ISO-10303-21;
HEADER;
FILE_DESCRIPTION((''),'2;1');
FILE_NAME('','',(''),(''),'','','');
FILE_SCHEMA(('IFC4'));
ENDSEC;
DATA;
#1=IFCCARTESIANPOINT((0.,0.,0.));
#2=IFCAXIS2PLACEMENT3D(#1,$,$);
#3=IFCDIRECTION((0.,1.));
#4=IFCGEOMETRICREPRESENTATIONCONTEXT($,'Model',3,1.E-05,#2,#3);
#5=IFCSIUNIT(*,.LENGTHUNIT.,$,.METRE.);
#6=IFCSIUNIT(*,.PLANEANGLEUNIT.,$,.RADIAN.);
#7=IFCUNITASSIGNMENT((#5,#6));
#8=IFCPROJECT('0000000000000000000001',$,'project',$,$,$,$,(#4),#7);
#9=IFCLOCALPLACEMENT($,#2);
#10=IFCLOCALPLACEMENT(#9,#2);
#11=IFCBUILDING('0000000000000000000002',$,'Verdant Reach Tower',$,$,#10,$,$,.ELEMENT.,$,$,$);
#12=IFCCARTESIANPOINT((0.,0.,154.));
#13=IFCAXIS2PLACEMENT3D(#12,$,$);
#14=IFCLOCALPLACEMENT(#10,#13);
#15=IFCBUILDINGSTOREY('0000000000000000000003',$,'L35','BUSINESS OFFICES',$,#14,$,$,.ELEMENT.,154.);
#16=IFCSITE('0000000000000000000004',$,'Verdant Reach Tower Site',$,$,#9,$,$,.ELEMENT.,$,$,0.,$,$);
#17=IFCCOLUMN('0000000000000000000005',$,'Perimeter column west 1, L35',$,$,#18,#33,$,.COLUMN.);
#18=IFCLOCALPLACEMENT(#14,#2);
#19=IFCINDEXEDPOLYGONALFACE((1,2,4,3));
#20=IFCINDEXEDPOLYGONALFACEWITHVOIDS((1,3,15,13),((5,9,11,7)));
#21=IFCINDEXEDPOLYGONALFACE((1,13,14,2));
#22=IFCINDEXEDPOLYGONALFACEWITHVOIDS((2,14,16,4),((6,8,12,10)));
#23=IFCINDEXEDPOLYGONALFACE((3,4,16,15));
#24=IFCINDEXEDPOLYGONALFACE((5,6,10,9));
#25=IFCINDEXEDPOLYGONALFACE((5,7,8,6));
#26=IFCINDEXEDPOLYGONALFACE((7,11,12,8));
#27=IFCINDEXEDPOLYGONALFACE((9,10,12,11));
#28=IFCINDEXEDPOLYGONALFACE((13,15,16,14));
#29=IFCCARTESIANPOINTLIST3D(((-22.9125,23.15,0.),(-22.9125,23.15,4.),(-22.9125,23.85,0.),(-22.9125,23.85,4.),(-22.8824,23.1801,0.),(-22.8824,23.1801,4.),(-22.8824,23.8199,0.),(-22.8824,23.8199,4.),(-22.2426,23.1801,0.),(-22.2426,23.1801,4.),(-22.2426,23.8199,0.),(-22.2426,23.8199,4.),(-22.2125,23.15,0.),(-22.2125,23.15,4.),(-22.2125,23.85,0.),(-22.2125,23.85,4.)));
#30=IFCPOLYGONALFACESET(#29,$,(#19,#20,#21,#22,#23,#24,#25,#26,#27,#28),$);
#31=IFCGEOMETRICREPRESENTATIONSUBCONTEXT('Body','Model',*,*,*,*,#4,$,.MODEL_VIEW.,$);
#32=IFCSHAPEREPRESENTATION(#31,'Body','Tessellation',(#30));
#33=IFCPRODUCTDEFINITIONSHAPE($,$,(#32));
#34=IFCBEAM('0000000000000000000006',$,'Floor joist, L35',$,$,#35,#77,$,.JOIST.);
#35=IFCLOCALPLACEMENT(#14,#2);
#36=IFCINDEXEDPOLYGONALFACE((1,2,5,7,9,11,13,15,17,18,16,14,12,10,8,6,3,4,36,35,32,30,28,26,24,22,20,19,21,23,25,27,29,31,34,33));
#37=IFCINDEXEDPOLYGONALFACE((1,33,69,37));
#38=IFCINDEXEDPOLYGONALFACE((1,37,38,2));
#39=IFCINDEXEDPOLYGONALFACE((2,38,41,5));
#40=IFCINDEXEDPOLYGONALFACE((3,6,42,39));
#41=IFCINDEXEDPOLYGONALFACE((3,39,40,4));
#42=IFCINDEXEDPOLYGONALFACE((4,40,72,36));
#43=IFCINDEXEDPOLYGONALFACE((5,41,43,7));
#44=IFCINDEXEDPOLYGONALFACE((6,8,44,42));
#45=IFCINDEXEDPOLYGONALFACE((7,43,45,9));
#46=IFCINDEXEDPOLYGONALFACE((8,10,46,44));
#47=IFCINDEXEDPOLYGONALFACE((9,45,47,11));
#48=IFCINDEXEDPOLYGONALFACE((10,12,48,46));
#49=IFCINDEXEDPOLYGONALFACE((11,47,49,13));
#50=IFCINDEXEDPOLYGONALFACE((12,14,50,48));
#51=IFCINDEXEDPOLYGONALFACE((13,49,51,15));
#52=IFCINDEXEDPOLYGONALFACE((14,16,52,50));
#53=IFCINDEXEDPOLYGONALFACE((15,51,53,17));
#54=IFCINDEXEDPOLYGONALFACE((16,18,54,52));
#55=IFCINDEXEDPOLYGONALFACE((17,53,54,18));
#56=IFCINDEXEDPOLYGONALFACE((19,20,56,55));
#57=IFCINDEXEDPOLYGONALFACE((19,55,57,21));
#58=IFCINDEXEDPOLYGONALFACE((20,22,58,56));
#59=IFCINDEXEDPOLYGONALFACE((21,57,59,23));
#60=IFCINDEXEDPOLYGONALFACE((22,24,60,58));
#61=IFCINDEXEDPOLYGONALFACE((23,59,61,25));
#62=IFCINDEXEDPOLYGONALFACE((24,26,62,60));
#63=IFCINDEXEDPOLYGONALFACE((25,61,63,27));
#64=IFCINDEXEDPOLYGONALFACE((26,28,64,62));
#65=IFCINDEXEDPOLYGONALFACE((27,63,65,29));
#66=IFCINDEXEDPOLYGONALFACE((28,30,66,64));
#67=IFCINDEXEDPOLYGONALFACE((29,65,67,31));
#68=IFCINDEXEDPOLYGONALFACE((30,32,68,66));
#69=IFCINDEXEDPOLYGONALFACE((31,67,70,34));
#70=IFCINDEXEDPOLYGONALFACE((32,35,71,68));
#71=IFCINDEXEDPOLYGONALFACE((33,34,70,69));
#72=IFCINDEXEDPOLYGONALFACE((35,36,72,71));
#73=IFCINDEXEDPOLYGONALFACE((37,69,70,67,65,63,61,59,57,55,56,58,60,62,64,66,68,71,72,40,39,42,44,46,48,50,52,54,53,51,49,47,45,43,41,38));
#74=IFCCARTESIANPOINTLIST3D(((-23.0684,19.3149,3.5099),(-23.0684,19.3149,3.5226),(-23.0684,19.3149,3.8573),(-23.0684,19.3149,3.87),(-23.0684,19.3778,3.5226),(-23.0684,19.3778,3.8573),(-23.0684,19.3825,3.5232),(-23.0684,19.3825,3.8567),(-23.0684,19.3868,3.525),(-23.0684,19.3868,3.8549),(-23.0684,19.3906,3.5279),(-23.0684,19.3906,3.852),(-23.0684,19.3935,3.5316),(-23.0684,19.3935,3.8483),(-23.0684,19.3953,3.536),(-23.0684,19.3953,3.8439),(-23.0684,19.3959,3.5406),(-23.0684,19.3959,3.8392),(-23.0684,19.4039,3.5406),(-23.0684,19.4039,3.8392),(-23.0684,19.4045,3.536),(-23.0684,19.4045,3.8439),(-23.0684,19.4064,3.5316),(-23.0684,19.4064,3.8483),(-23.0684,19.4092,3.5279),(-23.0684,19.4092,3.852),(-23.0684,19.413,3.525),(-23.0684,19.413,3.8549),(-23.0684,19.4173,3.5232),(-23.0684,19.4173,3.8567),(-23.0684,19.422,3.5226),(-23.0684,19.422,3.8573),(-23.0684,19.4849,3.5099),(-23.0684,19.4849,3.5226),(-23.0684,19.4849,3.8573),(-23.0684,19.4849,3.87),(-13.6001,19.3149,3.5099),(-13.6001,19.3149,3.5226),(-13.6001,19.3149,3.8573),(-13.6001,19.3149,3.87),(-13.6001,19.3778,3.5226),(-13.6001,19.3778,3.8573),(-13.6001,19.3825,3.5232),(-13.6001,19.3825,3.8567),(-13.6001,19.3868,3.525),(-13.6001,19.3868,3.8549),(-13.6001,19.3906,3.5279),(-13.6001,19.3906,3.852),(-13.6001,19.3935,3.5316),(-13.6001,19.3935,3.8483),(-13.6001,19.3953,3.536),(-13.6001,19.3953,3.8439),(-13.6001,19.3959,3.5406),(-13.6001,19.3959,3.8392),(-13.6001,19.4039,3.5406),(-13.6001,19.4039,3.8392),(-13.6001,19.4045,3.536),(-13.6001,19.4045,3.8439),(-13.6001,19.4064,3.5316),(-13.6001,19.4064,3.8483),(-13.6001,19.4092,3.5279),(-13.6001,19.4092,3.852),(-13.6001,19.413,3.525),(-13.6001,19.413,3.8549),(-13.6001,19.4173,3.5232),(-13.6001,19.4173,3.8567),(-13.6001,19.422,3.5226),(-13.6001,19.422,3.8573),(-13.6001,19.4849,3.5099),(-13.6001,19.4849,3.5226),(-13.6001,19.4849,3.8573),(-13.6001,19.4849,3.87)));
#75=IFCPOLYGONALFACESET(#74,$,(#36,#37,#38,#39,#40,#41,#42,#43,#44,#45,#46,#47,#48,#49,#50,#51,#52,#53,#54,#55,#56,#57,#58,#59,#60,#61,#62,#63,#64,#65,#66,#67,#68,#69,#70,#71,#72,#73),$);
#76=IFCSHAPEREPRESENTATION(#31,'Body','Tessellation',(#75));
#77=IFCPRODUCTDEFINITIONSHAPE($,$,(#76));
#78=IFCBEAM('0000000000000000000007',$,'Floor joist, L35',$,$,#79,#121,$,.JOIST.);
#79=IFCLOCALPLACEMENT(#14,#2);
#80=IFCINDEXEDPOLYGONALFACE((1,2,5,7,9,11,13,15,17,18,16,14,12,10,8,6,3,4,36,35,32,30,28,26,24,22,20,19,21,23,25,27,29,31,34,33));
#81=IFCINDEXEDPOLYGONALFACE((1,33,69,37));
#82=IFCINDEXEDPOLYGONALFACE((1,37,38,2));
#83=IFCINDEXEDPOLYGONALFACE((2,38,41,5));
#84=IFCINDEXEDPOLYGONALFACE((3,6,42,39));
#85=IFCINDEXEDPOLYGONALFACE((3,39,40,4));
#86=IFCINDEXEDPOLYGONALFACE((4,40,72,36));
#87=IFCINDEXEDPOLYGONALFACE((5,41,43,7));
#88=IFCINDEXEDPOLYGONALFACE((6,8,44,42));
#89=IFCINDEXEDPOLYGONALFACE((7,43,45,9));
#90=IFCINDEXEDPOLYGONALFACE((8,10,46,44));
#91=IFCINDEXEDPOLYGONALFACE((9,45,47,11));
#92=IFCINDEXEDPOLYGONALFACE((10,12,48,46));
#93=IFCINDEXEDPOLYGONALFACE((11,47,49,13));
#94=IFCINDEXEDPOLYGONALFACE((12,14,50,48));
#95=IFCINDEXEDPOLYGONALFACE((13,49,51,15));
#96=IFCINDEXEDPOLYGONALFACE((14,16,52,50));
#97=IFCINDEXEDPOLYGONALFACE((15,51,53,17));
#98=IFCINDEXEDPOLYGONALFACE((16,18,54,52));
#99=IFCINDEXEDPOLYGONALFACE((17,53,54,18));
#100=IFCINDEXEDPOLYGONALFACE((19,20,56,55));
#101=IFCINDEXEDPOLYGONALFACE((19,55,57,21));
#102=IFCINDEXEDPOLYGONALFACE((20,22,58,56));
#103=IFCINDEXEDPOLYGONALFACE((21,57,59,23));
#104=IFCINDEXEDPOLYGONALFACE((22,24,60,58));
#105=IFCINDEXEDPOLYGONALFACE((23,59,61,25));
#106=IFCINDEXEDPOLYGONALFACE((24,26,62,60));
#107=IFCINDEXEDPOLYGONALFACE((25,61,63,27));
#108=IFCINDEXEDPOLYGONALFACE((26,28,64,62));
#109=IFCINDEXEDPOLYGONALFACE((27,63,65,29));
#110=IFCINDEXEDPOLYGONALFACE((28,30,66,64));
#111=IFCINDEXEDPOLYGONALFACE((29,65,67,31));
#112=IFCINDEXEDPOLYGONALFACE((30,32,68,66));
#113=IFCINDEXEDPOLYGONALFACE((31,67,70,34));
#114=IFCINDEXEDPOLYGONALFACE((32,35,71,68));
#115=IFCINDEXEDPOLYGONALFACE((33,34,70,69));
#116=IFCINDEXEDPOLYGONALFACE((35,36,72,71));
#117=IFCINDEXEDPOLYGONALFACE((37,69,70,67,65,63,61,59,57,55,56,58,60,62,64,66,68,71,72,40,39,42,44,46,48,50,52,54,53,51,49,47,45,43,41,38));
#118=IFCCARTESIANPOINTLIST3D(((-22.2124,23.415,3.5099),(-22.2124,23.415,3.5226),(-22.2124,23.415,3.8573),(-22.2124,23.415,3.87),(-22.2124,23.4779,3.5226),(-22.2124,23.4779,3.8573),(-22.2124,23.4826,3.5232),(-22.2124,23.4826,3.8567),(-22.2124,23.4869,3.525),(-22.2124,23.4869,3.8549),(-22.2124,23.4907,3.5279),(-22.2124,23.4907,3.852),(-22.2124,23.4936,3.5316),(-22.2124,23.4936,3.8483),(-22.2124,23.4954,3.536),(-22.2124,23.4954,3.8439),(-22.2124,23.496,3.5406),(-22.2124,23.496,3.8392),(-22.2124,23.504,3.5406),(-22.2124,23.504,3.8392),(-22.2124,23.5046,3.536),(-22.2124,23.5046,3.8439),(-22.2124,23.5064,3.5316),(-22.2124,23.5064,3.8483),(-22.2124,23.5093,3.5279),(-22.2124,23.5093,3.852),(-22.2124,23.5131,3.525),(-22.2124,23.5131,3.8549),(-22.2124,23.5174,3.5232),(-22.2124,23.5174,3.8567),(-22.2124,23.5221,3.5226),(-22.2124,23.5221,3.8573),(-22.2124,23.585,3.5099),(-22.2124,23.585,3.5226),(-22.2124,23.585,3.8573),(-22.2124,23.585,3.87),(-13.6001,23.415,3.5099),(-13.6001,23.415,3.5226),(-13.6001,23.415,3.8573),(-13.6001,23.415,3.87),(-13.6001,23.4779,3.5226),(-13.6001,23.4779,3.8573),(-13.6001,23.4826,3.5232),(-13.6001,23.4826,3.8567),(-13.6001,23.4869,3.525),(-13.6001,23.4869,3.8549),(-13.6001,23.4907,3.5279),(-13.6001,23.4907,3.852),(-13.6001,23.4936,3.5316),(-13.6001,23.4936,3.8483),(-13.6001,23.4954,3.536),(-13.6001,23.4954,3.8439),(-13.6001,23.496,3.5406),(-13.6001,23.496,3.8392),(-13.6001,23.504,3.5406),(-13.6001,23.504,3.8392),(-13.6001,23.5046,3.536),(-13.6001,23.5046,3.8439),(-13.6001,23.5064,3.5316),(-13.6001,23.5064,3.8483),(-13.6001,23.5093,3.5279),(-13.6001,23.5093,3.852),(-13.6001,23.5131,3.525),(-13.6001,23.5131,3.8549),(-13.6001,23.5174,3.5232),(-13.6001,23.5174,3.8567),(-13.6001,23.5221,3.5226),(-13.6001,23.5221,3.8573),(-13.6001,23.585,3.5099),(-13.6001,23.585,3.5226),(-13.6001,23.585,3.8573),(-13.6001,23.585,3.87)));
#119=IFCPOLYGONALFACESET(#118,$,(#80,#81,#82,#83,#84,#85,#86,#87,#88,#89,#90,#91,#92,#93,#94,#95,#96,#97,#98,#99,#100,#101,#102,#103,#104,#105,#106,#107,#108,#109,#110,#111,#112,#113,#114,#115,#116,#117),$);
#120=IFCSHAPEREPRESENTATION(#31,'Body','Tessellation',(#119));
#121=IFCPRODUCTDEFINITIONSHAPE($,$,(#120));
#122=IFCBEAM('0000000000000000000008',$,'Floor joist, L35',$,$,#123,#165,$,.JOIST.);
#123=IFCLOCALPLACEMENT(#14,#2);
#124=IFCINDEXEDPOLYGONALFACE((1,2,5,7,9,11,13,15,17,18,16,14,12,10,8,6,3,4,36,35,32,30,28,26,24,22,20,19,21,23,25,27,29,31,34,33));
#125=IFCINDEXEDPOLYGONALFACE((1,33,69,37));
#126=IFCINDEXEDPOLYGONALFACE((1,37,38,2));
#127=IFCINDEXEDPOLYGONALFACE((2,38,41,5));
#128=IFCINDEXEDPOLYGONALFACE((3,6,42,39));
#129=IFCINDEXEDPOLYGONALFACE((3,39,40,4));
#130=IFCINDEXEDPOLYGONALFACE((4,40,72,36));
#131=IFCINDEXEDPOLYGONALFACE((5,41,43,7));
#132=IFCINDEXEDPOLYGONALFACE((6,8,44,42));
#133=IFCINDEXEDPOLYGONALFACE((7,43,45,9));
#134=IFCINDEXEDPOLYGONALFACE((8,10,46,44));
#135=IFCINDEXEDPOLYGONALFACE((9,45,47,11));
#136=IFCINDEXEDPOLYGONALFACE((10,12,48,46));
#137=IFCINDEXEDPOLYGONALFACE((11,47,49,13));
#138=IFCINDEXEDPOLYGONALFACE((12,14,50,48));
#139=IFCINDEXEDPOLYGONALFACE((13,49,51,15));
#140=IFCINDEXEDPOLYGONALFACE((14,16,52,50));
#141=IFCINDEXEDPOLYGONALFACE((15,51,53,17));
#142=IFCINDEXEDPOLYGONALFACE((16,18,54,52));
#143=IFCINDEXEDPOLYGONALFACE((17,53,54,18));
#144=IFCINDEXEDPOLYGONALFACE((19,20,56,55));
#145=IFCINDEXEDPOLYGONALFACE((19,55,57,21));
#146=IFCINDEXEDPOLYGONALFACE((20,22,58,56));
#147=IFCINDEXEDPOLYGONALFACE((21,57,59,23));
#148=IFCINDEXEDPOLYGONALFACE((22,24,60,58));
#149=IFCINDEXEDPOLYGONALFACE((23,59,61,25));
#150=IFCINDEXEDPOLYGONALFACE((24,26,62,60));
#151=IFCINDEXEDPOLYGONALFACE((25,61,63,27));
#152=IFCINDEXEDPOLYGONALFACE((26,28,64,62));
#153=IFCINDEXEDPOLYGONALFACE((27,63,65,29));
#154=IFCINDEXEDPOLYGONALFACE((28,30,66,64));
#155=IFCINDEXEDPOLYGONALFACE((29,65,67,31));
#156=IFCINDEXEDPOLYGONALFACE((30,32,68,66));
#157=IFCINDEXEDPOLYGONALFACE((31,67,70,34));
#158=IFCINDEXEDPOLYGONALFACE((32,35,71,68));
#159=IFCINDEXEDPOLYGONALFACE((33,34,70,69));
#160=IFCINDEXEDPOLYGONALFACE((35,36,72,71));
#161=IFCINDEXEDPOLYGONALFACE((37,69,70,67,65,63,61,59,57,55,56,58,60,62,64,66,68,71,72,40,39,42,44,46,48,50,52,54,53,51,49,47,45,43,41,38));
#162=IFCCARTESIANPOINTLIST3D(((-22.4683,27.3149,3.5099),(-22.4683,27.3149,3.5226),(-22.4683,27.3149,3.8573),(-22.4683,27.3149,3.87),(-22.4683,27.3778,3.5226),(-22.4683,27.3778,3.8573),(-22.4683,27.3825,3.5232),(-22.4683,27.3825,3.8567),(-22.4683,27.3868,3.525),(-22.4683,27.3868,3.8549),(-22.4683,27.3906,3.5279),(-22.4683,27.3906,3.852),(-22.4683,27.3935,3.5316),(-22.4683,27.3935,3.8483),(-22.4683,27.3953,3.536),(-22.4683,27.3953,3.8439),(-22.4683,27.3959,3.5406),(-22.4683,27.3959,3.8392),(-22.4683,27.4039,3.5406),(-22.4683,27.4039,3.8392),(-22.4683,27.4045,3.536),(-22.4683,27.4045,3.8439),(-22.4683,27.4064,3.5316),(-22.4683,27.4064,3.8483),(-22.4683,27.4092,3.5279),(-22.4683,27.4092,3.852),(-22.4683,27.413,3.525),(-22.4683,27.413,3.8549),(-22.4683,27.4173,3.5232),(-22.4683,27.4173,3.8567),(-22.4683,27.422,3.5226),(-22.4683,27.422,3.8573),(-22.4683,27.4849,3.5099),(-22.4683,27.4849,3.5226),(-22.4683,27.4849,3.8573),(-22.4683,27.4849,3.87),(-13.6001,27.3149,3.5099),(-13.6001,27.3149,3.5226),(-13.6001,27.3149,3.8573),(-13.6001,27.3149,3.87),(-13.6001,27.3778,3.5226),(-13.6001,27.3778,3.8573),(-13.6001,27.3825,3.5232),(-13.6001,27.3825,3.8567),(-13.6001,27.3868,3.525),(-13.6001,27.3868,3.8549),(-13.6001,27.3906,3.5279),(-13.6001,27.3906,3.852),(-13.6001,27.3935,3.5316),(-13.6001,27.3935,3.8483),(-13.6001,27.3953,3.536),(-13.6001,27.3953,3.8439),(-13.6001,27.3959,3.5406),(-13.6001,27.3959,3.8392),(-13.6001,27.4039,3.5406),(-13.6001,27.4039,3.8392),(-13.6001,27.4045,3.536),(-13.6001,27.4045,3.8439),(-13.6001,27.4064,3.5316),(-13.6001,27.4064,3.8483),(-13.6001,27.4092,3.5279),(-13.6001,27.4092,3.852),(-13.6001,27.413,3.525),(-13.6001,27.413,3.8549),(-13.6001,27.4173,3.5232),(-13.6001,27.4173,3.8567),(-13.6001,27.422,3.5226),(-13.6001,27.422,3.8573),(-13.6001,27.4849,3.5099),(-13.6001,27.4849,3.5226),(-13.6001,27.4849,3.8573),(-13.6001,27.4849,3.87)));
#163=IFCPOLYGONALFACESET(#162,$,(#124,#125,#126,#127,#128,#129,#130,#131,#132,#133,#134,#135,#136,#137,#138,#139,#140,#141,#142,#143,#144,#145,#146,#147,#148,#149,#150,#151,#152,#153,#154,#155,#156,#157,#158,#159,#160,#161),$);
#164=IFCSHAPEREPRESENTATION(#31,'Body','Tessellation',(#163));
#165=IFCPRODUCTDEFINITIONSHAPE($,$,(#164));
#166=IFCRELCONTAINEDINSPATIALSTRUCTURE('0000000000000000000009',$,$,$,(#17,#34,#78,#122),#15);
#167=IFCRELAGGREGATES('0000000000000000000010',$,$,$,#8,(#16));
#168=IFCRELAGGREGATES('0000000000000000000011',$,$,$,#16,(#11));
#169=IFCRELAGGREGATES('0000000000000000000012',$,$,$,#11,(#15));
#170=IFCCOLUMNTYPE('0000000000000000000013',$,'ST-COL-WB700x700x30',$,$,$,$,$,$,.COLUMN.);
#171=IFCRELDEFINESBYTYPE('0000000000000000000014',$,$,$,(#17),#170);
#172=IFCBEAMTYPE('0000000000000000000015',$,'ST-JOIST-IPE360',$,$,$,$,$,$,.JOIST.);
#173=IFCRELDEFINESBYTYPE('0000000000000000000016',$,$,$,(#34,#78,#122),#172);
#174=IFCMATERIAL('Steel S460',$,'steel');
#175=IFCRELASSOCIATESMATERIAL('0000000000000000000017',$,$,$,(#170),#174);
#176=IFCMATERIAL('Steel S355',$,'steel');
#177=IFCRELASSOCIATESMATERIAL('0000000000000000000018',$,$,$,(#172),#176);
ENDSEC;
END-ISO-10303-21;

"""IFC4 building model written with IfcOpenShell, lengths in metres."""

from ifc_helpers import new_model, si_unit, direction, frame, origin, origin_2d, place, context, subcontext, project, spatial, hollow_rectangle, i_section, extrude, material, material_profile, profile_set, type_object, element, save


model = new_model("IFC4")

# Units and contexts
model_context = context("Model", 3, precision=1e-05, world=origin(), true_north=direction((0.0, 1.0)))
body_context = subcontext(model_context, "Body", "Model", "MODEL_VIEW")
ifc_project = project(units=[si_unit("LENGTHUNIT", "METRE"), si_unit("PLANEANGLEUNIT", "RADIAN")], contexts=[model_context])

# Site, building, storey
site_placement = place(None, origin())
site = spatial("IfcSite", under=ifc_project, at=site_placement, Name="Verdant Reach Tower Site", CompositionType="ELEMENT", RefElevation=0.0)
building_placement = place(site_placement, origin())
building = spatial("IfcBuilding", under=site, at=building_placement, Name="Verdant Reach Tower", CompositionType="ELEMENT")
storey_placement = place(building_placement, frame((0.0, 0.0, 154.0)))
storey = spatial("IfcBuildingStorey", under=building, at=storey_placement, Name="L35", Description="BUSINESS OFFICES", CompositionType="ELEMENT", Elevation=154.0)

# Column
ifc_material_1 = material(Name="Steel S460", Category="steel")
ifc_material_profile_1 = material_profile(ifc_material_1, hollow_rectangle(XDim=0.7, YDim=0.7, WallThickness=0.03, at=origin_2d()), Name="WB 700x700x30")
ifc_profile_set_1 = profile_set([ifc_material_profile_1], Name="Steel S460")
column_type = type_object("IfcColumnType", Name="ST-COL-WB700x700x30", PredefinedType="COLUMN", material=ifc_profile_set_1)
column_placement = place(storey_placement, frame((-22.5625, 23.5, 0.0), z_axis=(0.0, 0.0, 1.0), x_axis=(1.0, 0.0, 0.0)))
element("IfcColumn", 1, at=column_placement, inside=storey, type_object=column_type, Name="Perimeter column west 1, L35", PredefinedType="COLUMN", context=body_context, shape_type="SweptSolid", body=[
    extrude(hollow_rectangle(XDim=0.7, YDim=0.7, WallThickness=0.03, at=origin_2d()), origin(), (0.0, 0.0, 1.0), 4.0),
])

# Beams
ifc_material_2 = material(Name="Steel S355", Category="steel")
ifc_material_profile_2 = material_profile(ifc_material_2, i_section(OverallWidth=0.1699, OverallDepth=0.3601, WebThickness=0.0081, FlangeThickness=0.0127, FilletRadius=0.0181, at=origin_2d()), Name="IPE 360")
ifc_profile_set_2 = profile_set([ifc_material_profile_2], Name="Steel S355")
beam_type = type_object("IfcBeamType", Name="ST-JOIST-IPE360", PredefinedType="JOIST", material=ifc_profile_set_2)
beam_1_placement = place(storey_placement, frame((-13.6001, 19.3999, 3.6899), z_axis=(-1.0, 0.0, 0.0), x_axis=(0.0, -1.0, 0.0)))
element("IfcBeam", 2, at=beam_1_placement, inside=storey, type_object=beam_type, Name="Floor joist, L35", PredefinedType="JOIST", context=body_context, shape_type="SweptSolid", body=[
    extrude(i_section(OverallWidth=0.1699, OverallDepth=0.3601, WebThickness=0.0081, FlangeThickness=0.0127, FilletRadius=0.0181, at=origin_2d()), origin(), (0.0, 0.0, 1.0), 9.4683),
])
beam_2_placement = place(storey_placement, frame((-13.6001, 23.5, 3.6899), z_axis=(-1.0, 0.0, 0.0), x_axis=(0.0, -1.0, 0.0)))
element("IfcBeam", 3, at=beam_2_placement, inside=storey, type_object=beam_type, Name="Floor joist, L35", PredefinedType="JOIST", context=body_context, shape_type="SweptSolid", body=[
    extrude(i_section(OverallWidth=0.1699, OverallDepth=0.3601, WebThickness=0.0081, FlangeThickness=0.0127, FilletRadius=0.0181, at=origin_2d()), origin(), (0.0, 0.0, 1.0), 8.6123),
])
beam_3_placement = place(storey_placement, frame((-13.6001, 27.3999, 3.6899), z_axis=(-1.0, 0.0, 0.0), x_axis=(0.0, -1.0, 0.0)))
element("IfcBeam", 4, at=beam_3_placement, inside=storey, type_object=beam_type, Name="Floor joist, L35", PredefinedType="JOIST", context=body_context, shape_type="SweptSolid", body=[
    extrude(i_section(OverallWidth=0.1699, OverallDepth=0.3601, WebThickness=0.0081, FlangeThickness=0.0127, FilletRadius=0.0181, at=origin_2d()), origin(), (0.0, 0.0, 1.0), 8.8682),
])

save(model, "model.ifc")
